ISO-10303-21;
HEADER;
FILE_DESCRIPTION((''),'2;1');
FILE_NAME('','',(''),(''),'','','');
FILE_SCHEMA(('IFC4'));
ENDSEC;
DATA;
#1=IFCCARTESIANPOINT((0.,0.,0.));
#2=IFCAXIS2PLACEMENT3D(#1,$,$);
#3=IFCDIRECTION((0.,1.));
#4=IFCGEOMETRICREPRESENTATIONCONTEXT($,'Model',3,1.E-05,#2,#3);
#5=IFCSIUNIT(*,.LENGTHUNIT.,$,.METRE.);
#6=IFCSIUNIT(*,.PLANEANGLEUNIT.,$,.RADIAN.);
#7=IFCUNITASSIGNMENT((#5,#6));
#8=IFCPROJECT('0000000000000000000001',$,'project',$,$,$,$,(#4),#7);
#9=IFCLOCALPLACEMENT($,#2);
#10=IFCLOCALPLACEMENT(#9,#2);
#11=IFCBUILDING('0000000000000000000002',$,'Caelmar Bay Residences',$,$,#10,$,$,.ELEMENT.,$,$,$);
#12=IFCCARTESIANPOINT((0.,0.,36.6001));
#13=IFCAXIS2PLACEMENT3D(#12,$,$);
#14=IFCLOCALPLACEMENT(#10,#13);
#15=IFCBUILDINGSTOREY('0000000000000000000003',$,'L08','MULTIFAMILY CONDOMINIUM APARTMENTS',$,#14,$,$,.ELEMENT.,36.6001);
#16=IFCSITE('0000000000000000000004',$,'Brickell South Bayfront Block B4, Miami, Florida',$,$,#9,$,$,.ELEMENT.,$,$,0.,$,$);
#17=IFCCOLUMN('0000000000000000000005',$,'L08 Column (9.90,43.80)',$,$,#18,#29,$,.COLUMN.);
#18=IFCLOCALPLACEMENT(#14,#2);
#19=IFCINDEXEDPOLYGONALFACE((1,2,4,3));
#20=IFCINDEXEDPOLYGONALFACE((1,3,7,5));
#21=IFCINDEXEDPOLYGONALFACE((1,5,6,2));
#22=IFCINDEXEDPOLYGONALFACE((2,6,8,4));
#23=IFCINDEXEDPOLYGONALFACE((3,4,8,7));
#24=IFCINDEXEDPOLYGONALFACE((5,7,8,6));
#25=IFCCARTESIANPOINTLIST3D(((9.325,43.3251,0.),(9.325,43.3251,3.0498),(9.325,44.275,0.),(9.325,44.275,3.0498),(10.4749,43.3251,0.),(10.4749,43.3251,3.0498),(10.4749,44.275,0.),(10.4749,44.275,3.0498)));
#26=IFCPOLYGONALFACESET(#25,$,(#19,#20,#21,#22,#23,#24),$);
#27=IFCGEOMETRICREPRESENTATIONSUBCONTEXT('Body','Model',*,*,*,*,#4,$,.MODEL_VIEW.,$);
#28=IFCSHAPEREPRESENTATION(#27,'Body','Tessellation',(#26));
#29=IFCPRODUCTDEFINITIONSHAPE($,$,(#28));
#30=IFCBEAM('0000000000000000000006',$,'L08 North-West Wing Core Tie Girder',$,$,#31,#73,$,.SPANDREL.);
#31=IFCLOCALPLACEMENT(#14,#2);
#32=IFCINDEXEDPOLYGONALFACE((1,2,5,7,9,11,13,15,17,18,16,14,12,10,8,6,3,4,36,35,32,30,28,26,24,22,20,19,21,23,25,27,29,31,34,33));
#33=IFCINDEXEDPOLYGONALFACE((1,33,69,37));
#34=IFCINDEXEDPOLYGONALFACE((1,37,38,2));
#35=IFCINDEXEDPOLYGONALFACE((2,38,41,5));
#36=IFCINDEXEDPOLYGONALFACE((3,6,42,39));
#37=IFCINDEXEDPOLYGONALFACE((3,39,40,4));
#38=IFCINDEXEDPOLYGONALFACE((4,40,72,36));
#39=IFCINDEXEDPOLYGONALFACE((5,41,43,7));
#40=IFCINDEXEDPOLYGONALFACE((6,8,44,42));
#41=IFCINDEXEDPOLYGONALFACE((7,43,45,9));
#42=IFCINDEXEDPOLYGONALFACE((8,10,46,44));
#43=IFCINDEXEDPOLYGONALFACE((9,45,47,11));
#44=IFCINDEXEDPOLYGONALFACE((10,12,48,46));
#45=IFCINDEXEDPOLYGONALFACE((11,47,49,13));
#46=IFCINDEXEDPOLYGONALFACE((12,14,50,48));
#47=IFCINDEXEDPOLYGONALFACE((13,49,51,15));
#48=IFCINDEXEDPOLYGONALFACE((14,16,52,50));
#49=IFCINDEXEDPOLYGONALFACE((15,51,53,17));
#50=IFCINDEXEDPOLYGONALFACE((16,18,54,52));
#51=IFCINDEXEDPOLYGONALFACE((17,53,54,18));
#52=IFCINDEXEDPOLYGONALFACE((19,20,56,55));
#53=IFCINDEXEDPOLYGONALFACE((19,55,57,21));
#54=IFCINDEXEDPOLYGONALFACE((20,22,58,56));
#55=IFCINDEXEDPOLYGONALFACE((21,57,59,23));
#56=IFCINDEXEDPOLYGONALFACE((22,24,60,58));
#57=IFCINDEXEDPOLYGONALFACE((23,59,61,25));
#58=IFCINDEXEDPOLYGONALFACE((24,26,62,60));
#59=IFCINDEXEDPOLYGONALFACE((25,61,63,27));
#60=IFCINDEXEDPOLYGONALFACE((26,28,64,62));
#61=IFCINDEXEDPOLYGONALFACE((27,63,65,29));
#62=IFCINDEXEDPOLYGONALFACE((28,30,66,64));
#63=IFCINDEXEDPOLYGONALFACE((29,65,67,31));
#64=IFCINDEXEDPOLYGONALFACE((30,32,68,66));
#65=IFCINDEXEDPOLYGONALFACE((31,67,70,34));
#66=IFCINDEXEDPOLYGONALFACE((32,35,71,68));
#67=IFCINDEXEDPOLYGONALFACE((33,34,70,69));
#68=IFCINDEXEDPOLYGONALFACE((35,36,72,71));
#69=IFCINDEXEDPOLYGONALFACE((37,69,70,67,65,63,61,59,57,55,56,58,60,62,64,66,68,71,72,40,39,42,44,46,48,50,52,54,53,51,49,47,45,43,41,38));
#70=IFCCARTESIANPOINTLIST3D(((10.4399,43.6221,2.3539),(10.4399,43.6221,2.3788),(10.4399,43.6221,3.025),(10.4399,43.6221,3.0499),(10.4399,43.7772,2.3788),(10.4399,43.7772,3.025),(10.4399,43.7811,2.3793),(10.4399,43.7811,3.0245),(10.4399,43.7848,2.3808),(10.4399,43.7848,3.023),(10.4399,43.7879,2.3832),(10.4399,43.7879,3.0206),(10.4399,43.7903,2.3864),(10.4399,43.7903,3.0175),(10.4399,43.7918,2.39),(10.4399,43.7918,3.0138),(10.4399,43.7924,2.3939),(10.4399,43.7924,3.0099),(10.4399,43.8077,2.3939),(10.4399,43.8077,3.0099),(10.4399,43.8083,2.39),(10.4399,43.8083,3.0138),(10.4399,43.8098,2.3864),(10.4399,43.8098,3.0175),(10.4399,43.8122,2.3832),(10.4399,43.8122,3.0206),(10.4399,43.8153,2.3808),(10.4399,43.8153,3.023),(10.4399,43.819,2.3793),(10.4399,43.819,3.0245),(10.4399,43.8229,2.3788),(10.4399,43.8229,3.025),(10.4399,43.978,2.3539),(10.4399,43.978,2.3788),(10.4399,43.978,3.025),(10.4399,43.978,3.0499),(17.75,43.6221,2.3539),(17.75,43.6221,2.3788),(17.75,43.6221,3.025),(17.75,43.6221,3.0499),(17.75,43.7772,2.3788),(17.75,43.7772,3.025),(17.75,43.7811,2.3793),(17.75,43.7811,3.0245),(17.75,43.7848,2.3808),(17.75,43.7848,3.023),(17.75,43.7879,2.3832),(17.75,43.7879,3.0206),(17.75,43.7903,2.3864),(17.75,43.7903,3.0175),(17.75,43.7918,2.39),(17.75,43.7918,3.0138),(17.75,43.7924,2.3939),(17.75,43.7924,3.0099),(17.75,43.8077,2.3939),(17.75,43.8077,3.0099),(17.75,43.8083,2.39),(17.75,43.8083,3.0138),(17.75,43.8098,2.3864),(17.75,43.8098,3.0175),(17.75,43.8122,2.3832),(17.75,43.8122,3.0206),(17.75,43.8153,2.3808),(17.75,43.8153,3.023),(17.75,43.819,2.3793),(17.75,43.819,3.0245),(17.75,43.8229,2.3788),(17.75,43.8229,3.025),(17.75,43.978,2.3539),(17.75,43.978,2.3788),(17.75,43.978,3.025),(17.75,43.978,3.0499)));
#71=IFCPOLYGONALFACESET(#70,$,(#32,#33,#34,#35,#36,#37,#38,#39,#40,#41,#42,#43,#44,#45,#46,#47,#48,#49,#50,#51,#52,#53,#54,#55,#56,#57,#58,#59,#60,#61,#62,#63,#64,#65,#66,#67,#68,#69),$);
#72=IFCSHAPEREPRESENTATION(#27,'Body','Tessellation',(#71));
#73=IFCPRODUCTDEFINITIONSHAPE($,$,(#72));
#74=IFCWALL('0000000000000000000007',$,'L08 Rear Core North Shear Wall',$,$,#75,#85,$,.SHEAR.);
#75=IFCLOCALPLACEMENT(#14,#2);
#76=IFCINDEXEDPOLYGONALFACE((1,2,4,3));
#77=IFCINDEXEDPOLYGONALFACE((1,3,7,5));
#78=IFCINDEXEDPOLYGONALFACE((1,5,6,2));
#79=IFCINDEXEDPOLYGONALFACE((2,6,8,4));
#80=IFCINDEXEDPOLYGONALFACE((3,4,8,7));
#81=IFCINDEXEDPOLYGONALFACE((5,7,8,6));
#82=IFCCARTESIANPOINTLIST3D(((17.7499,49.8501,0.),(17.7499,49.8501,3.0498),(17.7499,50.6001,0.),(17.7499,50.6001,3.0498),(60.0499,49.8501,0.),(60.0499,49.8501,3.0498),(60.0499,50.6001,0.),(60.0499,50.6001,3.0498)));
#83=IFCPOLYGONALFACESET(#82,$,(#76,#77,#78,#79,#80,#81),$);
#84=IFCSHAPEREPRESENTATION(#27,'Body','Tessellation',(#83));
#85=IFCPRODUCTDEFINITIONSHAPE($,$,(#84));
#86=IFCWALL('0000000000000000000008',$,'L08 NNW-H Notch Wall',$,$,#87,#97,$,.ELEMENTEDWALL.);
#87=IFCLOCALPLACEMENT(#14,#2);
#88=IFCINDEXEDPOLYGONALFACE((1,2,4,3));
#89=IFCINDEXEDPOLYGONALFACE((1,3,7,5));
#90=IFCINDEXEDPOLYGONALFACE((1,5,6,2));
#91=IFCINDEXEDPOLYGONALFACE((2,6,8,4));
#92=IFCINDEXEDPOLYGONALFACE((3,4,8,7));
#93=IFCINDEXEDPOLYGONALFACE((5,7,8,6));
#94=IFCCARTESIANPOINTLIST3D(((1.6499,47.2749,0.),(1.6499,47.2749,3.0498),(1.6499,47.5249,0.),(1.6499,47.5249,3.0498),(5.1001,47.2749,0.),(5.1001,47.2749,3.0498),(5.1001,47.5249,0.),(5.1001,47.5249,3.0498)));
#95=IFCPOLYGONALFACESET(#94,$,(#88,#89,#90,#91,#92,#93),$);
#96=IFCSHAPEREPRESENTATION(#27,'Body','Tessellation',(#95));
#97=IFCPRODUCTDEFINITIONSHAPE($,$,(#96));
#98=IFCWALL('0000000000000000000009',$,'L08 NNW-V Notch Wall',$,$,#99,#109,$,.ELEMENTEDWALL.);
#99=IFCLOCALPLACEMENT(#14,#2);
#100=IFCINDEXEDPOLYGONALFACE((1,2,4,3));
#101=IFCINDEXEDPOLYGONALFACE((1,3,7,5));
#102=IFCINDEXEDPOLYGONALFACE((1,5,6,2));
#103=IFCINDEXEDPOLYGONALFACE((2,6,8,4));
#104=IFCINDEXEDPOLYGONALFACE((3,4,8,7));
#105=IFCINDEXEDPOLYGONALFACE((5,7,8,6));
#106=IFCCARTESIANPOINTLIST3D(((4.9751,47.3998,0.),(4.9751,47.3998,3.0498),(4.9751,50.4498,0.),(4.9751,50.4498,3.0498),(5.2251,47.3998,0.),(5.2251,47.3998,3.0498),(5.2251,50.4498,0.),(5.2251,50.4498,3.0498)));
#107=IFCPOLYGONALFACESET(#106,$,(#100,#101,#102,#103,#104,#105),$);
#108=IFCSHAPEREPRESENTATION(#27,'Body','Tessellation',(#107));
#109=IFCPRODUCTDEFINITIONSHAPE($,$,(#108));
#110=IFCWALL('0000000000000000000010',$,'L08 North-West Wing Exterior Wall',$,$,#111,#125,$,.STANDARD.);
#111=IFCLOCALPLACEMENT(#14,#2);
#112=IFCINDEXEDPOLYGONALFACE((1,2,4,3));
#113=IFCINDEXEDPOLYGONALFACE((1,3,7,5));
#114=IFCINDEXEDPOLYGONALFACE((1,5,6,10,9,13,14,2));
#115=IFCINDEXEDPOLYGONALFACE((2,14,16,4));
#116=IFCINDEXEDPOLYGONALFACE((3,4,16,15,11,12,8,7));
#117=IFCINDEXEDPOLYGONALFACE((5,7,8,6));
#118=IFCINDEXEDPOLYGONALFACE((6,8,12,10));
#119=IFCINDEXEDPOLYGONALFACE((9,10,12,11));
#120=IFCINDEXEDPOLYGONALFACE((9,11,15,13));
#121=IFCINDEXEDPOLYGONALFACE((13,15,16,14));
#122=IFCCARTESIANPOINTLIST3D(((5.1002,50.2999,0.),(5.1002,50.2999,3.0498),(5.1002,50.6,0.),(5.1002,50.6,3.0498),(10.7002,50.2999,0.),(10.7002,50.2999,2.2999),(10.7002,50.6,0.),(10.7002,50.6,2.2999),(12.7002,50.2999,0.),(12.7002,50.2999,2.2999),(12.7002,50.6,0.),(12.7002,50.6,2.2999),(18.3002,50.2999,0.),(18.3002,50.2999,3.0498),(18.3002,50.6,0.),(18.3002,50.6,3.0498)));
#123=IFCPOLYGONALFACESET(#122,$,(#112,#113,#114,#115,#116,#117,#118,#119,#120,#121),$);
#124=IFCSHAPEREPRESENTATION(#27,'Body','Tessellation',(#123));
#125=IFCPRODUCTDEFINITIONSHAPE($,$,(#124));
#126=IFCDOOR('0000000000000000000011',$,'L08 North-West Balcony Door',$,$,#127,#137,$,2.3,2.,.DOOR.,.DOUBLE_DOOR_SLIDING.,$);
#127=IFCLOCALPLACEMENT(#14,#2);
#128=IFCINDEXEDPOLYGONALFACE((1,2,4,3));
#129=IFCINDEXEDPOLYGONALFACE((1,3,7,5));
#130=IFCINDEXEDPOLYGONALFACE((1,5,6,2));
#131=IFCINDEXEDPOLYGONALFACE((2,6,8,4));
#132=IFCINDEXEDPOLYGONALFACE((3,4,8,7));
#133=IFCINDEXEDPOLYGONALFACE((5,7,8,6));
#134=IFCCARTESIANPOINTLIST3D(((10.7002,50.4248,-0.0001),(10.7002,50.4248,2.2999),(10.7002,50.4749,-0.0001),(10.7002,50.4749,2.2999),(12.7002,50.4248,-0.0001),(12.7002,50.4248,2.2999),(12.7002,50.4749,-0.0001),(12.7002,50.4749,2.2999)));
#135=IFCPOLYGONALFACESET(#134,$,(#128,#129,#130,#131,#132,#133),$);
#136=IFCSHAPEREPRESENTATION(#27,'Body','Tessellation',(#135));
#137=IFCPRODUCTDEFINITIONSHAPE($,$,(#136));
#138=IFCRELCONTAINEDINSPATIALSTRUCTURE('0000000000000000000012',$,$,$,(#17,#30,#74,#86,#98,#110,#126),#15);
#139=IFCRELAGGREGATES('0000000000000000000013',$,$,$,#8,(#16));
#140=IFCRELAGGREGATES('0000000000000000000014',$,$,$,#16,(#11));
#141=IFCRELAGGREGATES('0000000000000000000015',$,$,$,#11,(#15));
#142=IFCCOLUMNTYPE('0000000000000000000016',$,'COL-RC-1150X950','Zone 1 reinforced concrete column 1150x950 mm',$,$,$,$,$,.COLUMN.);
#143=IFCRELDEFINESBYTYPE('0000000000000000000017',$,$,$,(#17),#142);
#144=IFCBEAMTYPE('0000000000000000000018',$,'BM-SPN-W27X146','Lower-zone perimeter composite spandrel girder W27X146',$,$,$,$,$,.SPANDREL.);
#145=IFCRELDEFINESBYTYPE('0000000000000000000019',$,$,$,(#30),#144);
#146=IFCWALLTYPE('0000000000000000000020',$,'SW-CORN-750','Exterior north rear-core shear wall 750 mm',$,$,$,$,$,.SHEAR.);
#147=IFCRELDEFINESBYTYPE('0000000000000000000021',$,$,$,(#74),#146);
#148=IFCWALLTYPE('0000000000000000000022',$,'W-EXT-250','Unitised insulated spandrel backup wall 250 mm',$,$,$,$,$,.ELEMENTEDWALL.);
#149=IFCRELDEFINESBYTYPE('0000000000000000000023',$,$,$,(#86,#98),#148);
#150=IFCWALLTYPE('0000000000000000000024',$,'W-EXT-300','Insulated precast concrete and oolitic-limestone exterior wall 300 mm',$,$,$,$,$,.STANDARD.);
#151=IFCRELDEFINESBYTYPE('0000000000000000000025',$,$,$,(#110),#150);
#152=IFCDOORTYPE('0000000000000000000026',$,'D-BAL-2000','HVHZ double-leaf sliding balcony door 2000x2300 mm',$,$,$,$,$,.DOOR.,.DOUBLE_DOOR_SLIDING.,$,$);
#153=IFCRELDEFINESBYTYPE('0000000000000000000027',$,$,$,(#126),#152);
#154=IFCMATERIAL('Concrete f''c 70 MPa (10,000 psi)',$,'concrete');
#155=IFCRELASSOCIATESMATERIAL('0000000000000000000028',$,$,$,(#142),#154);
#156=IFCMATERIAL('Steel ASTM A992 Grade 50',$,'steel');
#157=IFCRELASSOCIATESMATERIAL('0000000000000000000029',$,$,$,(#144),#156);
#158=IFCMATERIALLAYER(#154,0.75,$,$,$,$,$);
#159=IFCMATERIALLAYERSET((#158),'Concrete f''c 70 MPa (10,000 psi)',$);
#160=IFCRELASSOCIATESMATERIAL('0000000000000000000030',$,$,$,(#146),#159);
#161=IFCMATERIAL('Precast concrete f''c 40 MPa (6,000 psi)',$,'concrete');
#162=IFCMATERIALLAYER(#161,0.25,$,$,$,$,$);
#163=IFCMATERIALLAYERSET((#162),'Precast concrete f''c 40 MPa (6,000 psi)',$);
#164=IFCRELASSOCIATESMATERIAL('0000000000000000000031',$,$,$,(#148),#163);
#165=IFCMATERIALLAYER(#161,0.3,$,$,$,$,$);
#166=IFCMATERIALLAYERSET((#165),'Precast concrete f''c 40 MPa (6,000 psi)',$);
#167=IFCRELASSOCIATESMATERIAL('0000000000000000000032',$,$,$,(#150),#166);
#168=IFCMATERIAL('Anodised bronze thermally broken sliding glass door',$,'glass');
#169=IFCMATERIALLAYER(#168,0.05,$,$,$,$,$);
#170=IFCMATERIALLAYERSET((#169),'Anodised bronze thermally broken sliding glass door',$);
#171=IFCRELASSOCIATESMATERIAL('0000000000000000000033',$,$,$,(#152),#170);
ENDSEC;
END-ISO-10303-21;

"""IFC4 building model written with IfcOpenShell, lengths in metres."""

from ifc_helpers import new_model, si_unit, direction, frame, frame_2d, origin, origin_2d, place, context, subcontext, project, spatial, rectangle, i_section, extrude, material, layer, layer_set, material_profile, profile_set, type_object, element, fill, save


model = new_model("IFC4")

# Units and contexts
model_context = context("Model", 3, precision=1e-05, world=origin(), true_north=direction((0.0, 1.0)))
body_context = subcontext(model_context, "Body", "Model", "MODEL_VIEW")
ifc_project = project(units=[si_unit("LENGTHUNIT", "METRE"), si_unit("PLANEANGLEUNIT", "RADIAN")], contexts=[model_context])

# Site, building, storey
site_placement = place(None, origin())
site = spatial("IfcSite", under=ifc_project, at=site_placement, Name="Brickell South Bayfront Block B4, Miami, Florida", CompositionType="ELEMENT", RefElevation=0.0)
building_placement = place(site_placement, origin())
building = spatial("IfcBuilding", under=site, at=building_placement, Name="Caelmar Bay Residences", CompositionType="ELEMENT")
storey_placement = place(building_placement, frame((0.0, 0.0, 36.6001)))
storey = spatial("IfcBuildingStorey", under=building, at=storey_placement, Name="L08", Description="MULTIFAMILY CONDOMINIUM APARTMENTS", CompositionType="ELEMENT", Elevation=36.6001)

# Column
ifc_material_1 = material(Name="Concrete f'c 70 MPa (10,000 psi)", Category="concrete")
ifc_material_profile_1 = material_profile(ifc_material_1, rectangle(XDim=1.1499, YDim=0.95, at=origin_2d()), Name="RC-COL-1150X950")
ifc_profile_set_1 = profile_set([ifc_material_profile_1], Name="Concrete f'c 70 MPa (10,000 psi)")
column_type = type_object("IfcColumnType", Name="COL-RC-1150X950", Description="Zone 1 reinforced concrete column 1150x950 mm", PredefinedType="COLUMN", material=ifc_profile_set_1)
column_placement = place(storey_placement, frame((9.8999, 43.8, 0.0), z_axis=(0.0, 0.0, 1.0), x_axis=(1.0, 0.0, 0.0)))
element("IfcColumn", 1, at=column_placement, inside=storey, type_object=column_type, Name="L08 Column (9.90,43.80)", PredefinedType="COLUMN", context=body_context, shape_type="SweptSolid", body=[
    extrude(rectangle(XDim=1.1499, YDim=0.95, at=origin_2d()), origin(), (0.0, 0.0, 1.0), 3.0498),
])

# Beam
ifc_material_2 = material(Name="Steel ASTM A992 Grade 50", Category="steel")
ifc_material_profile_2 = material_profile(ifc_material_2, i_section(OverallWidth=0.356, OverallDepth=0.696, WebThickness=0.0154, FlangeThickness=0.0249, FilletRadius=0.0151, at=origin_2d()), Name="W27X146")
ifc_profile_set_2 = profile_set([ifc_material_profile_2], Name="Steel ASTM A992 Grade 50")
beam_type = type_object("IfcBeamType", Name="BM-SPN-W27X146", Description="Lower-zone perimeter composite spandrel girder W27X146", PredefinedType="SPANDREL", material=ifc_profile_set_2)
beam_placement = place(storey_placement, frame((10.4399, 43.8, 2.7019), z_axis=(1.0, 0.0, 0.0), x_axis=(0.0, 1.0, 0.0)))
element("IfcBeam", 2, at=beam_placement, inside=storey, type_object=beam_type, Name="L08 North-West Wing Core Tie Girder", PredefinedType="SPANDREL", context=body_context, shape_type="SweptSolid", body=[
    extrude(i_section(OverallWidth=0.356, OverallDepth=0.696, WebThickness=0.0154, FlangeThickness=0.0249, FilletRadius=0.0151, at=origin_2d()), origin(), (0.0, 0.0, 1.0), 7.3101),
])

# Walls
ifc_layer_1 = layer(ifc_material_1, 0.75)
ifc_layer_set_1 = layer_set([ifc_layer_1], Name="Concrete f'c 70 MPa (10,000 psi)")
wall_type_1 = type_object("IfcWallType", Name="SW-CORN-750", Description="Exterior north rear-core shear wall 750 mm", PredefinedType="SHEAR", material=ifc_layer_set_1)
wall_1_placement = place(storey_placement, frame((17.75, 50.2251, 0.0), z_axis=(0.0, 0.0, 1.0), x_axis=(1.0, 0.0, 0.0)))
element("IfcWall", 3, at=wall_1_placement, inside=storey, type_object=wall_type_1, Name="L08 Rear Core North Shear Wall", PredefinedType="SHEAR", context=body_context, shape_type="SweptSolid", body=[
    extrude(rectangle(XDim=42.3, YDim=0.75, at=frame_2d((21.1499, 0.0))), origin(), (0.0, 0.0, 1.0), 3.0498),
])
ifc_material_3 = material(Name="Precast concrete f'c 40 MPa (6,000 psi)", Category="concrete")
ifc_layer_2 = layer(ifc_material_3, 0.25)
ifc_layer_set_2 = layer_set([ifc_layer_2], Name="Precast concrete f'c 40 MPa (6,000 psi)")
wall_type_2 = type_object("IfcWallType", Name="W-EXT-250", Description="Unitised insulated spandrel backup wall 250 mm", PredefinedType="ELEMENTEDWALL", material=ifc_layer_set_2)
wall_2_placement = place(storey_placement, frame((1.6499, 47.3999, 0.0), z_axis=(0.0, 0.0, 1.0), x_axis=(1.0, 0.0, 0.0)))
element("IfcWall", 4, at=wall_2_placement, inside=storey, type_object=wall_type_2, Name="L08 NNW-H Notch Wall", PredefinedType="ELEMENTEDWALL", context=body_context, shape_type="SweptSolid", body=[
    extrude(rectangle(XDim=3.4502, YDim=0.25, at=frame_2d((1.7251, 0.0))), origin(), (0.0, 0.0, 1.0), 3.0498),
])
wall_3_placement = place(storey_placement, frame((5.1001, 47.3999, 0.0), z_axis=(0.0, 0.0, 1.0), x_axis=(0.0, 1.0, 0.0)))
element("IfcWall", 5, at=wall_3_placement, inside=storey, type_object=wall_type_2, Name="L08 NNW-V Notch Wall", PredefinedType="ELEMENTEDWALL", context=body_context, shape_type="SweptSolid", body=[
    extrude(rectangle(XDim=3.05, YDim=0.25, at=frame_2d((1.5249, 0.0))), origin(), (0.0, 0.0, 1.0), 3.0498),
])

# Wall, opening, door
ifc_layer_3 = layer(ifc_material_3, 0.3)
ifc_layer_set_3 = layer_set([ifc_layer_3], Name="Precast concrete f'c 40 MPa (6,000 psi)")
wall_type_3 = type_object("IfcWallType", Name="W-EXT-300", Description="Insulated precast concrete and oolitic-limestone exterior wall 300 mm", PredefinedType="STANDARD", material=ifc_layer_set_3)
wall_4_placement = place(storey_placement, frame((5.1001, 50.45, 0.0), z_axis=(0.0, 0.0, 1.0), x_axis=(1.0, 0.0, 0.0)))
wall_4 = element("IfcWall", 6, at=wall_4_placement, inside=storey, type_object=wall_type_3, Name="L08 North-West Wing Exterior Wall", PredefinedType="STANDARD", context=body_context, shape_type="SweptSolid", body=[
    extrude(rectangle(XDim=13.2, YDim=0.3, at=frame_2d((6.6001, 0.0))), origin(), (0.0, 0.0, 1.0), 3.0498),
])
opening_1_placement = place(wall_4_placement, frame((5.6001, 0.0, 0.0)))
opening_1 = element("IfcOpeningElement", 7, at=opening_1_placement, cuts=wall_4, PredefinedType="OPENING", context=body_context, shape_type="SweptSolid", body=[
    extrude(rectangle(XDim=2.0, YDim=2.3, at=frame_2d((1.0, 1.1499))), frame((0.0, 0.1599, 0.0), z_axis=(0.0, -1.0, 0.0), x_axis=(1.0, 0.0, 0.0)), (0.0, 0.0, 1.0), 0.3201),
])
ifc_material_4 = material(Name="Anodised bronze thermally broken sliding glass door", Category="glass")
ifc_layer_4 = layer(ifc_material_4, 0.05)
ifc_layer_set_4 = layer_set([ifc_layer_4], Name="Anodised bronze thermally broken sliding glass door")
door_type_1 = type_object("IfcDoorType", Name="D-BAL-2000", Description="HVHZ double-leaf sliding balcony door 2000x2300 mm", OperationType="DOUBLE_DOOR_SLIDING", PredefinedType="DOOR", material=ifc_layer_set_4)
door_1_placement = place(opening_1_placement, origin())
door_1 = element("IfcDoor", 8, at=door_1_placement, inside=storey, type_object=door_type_1, Name="L08 North-West Balcony Door", OperationType="DOUBLE_DOOR_SLIDING", OverallHeight=2.3, OverallWidth=2.0, PredefinedType="DOOR", context=body_context, shape_type="SweptSolid", body=[
    extrude(rectangle(XDim=2.0, YDim=2.3, at=frame_2d((1.0, 1.1499))), frame((0.0, 0.0249, 0.0), z_axis=(0.0, -1.0, 0.0), x_axis=(1.0, 0.0, 0.0)), (0.0, 0.0, 1.0), 0.05),
])
fill(opening_1, door_1)

save(model, "model.ifc")
